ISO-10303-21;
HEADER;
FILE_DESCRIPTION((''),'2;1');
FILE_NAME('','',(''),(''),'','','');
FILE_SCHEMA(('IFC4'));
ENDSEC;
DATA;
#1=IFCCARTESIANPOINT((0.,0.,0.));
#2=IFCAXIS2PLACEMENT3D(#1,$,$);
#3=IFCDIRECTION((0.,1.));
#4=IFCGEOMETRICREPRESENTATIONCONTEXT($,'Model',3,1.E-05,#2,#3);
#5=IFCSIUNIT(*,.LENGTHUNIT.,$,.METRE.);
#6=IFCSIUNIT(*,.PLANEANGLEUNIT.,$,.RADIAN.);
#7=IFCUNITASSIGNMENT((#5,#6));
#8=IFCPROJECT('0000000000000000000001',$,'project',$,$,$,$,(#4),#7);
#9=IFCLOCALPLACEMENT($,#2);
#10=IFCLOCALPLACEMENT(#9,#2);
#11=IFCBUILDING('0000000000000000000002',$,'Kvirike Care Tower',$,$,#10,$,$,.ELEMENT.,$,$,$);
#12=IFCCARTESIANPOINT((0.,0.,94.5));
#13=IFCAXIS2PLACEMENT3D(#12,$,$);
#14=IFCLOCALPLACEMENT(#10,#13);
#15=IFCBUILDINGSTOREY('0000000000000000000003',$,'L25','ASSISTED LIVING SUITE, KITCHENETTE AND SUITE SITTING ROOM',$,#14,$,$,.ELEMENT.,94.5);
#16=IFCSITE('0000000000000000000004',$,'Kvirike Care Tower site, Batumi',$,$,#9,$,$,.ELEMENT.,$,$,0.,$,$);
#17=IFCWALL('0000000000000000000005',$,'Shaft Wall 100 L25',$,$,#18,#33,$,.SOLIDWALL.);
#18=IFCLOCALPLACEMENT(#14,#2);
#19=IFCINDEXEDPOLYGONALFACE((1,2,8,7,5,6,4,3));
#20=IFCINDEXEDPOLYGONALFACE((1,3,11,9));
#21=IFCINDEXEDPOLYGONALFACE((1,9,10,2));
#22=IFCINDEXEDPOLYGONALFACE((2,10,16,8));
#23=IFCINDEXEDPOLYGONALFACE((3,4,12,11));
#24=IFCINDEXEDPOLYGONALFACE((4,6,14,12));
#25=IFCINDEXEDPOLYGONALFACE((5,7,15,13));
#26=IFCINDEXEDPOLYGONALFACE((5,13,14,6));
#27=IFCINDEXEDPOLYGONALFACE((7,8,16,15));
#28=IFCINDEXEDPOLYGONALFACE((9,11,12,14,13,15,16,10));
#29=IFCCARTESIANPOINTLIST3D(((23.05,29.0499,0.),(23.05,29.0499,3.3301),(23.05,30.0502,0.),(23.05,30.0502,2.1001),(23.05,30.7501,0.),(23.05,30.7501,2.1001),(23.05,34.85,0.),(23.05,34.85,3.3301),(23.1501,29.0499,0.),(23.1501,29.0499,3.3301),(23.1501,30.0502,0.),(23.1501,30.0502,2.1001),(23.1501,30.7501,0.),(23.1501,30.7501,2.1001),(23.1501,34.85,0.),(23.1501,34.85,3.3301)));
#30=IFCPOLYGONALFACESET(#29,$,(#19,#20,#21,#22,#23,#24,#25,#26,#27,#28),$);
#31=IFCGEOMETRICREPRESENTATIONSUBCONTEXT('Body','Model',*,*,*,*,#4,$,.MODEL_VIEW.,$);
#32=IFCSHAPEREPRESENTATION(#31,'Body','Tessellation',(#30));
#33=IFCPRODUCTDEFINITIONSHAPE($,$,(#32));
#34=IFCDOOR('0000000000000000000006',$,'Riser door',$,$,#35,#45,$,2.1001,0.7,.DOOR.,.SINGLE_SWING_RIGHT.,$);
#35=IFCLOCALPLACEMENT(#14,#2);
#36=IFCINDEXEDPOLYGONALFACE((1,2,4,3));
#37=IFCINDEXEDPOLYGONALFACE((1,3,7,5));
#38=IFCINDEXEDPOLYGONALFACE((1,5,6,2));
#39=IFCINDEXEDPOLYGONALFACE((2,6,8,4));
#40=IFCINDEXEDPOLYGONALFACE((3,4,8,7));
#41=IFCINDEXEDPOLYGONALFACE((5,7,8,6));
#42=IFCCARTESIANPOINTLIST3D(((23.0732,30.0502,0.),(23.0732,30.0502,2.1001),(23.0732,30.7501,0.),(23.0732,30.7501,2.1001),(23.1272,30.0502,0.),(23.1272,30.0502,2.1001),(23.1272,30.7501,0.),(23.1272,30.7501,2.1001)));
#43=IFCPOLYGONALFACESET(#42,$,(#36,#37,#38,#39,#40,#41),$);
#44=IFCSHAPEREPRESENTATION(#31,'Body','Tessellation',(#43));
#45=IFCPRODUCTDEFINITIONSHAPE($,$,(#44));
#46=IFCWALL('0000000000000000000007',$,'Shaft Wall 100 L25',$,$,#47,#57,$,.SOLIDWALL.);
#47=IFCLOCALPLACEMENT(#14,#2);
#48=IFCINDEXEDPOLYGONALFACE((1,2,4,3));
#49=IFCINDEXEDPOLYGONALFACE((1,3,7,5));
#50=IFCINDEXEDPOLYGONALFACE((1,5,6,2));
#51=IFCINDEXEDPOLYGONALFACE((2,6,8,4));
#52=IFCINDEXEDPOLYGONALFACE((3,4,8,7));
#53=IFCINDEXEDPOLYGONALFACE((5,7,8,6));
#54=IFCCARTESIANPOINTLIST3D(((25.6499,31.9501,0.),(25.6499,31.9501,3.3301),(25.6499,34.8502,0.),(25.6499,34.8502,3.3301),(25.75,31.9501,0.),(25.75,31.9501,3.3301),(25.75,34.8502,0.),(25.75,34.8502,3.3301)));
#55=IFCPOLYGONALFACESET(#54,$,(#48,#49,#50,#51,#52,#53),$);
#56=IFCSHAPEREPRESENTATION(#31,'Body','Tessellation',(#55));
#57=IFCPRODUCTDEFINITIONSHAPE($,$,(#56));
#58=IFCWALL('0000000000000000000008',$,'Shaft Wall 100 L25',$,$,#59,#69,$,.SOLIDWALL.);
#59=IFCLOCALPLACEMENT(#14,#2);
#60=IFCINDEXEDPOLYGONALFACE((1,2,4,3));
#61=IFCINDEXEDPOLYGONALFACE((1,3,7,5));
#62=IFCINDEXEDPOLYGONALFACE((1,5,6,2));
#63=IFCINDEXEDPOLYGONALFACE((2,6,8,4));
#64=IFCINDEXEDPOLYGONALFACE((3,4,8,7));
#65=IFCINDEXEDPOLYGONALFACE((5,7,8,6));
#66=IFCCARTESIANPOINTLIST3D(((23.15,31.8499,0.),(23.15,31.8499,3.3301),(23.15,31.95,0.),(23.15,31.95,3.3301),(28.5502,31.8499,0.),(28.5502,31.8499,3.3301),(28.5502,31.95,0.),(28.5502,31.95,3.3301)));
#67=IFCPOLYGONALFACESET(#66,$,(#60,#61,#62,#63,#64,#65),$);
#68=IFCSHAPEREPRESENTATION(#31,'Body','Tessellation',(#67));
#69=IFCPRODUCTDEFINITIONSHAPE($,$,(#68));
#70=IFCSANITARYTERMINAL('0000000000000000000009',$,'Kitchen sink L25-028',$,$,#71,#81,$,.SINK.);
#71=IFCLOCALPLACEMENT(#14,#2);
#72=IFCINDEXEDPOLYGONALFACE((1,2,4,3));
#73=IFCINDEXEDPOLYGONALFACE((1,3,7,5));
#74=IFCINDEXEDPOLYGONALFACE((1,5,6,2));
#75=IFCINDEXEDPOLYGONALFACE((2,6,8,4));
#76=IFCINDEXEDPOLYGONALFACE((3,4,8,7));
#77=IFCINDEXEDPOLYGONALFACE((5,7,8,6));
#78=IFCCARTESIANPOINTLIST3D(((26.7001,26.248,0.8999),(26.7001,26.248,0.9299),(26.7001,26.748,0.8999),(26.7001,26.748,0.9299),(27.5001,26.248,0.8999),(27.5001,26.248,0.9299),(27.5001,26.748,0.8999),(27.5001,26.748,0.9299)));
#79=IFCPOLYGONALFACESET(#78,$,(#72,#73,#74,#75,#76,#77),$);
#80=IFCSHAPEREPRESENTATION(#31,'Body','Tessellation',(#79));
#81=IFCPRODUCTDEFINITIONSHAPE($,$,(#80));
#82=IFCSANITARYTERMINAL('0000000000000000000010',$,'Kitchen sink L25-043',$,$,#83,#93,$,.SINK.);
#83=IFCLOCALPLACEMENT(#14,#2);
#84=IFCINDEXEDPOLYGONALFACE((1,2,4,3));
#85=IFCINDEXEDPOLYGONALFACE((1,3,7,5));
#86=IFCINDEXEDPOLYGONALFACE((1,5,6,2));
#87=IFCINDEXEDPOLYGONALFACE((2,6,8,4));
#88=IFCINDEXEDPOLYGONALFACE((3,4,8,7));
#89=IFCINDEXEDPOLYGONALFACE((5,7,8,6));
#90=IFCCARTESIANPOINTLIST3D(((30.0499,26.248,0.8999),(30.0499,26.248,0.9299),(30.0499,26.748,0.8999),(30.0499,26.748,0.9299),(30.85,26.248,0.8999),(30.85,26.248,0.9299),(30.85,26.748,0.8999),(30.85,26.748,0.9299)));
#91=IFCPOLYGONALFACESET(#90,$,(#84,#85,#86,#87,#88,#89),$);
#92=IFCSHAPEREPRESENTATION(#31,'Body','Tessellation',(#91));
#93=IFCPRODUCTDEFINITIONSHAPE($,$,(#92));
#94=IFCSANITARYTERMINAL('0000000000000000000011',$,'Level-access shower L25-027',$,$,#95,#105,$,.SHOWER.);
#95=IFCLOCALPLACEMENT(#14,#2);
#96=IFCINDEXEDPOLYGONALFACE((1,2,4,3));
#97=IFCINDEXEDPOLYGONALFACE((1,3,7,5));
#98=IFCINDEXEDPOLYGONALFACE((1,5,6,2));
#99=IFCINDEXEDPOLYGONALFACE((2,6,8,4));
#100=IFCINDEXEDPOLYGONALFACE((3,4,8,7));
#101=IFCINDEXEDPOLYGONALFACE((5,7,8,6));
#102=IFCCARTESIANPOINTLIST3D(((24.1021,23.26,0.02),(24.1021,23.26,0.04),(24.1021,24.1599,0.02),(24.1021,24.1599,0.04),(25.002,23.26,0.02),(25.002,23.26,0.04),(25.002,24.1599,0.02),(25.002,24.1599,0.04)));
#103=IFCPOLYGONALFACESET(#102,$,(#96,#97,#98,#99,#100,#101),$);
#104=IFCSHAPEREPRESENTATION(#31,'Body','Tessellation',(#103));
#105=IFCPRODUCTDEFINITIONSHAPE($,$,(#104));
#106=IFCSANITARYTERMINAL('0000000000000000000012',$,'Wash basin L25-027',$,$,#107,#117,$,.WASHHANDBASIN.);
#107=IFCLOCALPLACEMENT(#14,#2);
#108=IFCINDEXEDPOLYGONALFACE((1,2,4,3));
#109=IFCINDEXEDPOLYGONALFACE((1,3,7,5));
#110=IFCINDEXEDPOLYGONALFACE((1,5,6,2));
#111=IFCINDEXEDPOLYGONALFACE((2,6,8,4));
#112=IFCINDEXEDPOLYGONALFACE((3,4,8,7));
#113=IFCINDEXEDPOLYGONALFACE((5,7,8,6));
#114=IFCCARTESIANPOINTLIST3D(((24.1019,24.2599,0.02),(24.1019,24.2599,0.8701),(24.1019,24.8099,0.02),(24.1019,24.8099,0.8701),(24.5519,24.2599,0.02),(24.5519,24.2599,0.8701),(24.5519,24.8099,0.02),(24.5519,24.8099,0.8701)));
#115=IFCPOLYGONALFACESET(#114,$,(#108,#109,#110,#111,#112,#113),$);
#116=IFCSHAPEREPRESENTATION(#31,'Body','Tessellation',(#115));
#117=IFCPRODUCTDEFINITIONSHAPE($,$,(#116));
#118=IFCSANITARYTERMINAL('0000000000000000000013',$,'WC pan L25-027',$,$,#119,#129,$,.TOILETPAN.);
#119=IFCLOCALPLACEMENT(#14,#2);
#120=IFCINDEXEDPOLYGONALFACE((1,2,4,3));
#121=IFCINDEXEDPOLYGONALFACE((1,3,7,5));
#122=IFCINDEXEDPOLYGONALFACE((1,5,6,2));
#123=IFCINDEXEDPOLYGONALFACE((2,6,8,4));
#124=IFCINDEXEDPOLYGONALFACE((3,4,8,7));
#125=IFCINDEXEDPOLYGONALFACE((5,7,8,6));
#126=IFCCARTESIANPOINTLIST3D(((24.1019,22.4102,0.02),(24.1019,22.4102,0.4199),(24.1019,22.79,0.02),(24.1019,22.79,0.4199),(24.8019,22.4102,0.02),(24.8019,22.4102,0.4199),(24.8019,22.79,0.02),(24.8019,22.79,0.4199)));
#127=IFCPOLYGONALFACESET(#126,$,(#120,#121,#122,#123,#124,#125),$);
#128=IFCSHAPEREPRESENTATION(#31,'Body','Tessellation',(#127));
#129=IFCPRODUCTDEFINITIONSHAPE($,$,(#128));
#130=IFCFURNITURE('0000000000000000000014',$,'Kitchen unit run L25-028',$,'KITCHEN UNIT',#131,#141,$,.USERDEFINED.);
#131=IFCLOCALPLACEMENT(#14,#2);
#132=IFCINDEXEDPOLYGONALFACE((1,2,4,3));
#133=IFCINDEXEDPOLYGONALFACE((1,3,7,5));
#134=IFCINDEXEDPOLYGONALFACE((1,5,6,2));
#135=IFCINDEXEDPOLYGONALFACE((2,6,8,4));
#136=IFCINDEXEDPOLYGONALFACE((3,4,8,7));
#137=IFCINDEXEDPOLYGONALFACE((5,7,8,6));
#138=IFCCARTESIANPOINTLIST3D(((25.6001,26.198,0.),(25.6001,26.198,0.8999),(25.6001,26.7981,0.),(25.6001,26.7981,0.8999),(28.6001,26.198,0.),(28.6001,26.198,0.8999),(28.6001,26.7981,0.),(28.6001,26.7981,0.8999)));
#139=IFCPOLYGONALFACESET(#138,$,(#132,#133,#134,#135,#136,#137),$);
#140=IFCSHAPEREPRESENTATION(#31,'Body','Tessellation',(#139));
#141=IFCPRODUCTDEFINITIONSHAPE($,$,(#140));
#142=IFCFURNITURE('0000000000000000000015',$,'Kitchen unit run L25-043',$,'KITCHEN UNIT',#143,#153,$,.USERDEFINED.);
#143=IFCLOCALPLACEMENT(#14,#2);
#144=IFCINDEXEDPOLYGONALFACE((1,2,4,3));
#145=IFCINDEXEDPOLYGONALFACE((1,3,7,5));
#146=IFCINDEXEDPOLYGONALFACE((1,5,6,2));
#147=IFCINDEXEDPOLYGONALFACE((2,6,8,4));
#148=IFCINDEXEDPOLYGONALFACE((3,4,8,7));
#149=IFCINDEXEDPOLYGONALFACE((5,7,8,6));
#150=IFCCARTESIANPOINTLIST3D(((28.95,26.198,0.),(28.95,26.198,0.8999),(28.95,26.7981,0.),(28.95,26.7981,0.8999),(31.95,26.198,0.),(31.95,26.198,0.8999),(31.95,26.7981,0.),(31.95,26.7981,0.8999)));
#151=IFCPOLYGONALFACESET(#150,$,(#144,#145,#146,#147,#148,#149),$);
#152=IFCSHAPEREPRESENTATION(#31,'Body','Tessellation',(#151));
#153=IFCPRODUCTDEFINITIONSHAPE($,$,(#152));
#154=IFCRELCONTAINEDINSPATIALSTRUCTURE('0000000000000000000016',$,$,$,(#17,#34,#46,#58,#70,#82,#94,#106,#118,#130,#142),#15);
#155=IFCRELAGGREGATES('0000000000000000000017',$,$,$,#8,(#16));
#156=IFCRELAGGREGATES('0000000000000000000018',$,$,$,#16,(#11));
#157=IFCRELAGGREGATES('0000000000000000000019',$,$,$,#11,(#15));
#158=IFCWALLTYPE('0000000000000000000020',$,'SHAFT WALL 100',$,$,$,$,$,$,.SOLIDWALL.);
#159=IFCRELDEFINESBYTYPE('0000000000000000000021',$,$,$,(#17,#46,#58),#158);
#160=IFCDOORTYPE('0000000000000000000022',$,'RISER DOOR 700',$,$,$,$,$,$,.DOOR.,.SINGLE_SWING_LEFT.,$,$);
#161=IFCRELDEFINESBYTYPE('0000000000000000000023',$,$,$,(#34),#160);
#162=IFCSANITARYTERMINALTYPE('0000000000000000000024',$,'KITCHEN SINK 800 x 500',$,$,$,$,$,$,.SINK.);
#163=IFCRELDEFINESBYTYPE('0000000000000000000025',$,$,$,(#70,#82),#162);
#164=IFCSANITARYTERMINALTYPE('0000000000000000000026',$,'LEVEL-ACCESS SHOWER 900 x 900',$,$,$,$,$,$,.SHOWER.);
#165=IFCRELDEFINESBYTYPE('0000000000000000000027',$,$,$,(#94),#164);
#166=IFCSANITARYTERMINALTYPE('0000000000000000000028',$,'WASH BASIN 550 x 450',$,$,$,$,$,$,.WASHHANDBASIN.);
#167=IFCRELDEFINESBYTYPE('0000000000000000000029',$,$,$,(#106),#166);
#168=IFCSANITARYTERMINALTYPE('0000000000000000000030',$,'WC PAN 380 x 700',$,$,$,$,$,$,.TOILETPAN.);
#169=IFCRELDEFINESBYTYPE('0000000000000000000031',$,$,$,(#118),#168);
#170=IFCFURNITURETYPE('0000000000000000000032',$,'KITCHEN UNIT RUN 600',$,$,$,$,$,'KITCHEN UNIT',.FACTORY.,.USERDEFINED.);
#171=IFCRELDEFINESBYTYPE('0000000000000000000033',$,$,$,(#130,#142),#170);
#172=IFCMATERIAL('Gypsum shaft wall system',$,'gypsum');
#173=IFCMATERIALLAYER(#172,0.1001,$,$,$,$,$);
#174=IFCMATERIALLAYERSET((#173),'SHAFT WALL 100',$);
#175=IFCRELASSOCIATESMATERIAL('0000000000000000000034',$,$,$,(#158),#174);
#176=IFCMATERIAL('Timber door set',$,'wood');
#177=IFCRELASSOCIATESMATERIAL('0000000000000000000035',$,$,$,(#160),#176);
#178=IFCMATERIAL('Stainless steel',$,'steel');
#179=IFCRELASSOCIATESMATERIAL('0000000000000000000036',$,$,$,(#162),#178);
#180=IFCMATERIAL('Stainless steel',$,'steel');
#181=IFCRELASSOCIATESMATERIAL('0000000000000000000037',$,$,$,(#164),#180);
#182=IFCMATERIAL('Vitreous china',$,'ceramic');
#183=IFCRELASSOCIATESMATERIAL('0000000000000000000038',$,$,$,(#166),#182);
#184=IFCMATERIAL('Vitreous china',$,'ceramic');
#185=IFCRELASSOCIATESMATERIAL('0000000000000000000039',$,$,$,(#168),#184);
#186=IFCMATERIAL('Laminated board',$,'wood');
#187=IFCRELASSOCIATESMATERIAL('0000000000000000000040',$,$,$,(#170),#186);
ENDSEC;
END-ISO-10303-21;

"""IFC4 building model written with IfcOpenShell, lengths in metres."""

from ifc_helpers import new_model, si_unit, direction, frame, frame_2d, origin, origin_2d, place, context, subcontext, project, spatial, rectangle, extrude, material, layer, layer_set, type_object, element, fill, save


model = new_model("IFC4")

# Units and contexts
model_context = context("Model", 3, precision=1e-05, world=origin(), true_north=direction((0.0, 1.0)))
body_context = subcontext(model_context, "Body", "Model", "MODEL_VIEW")
ifc_project = project(units=[si_unit("LENGTHUNIT", "METRE"), si_unit("PLANEANGLEUNIT", "RADIAN")], contexts=[model_context])

# Site, building, storey
site_placement = place(None, origin())
site = spatial("IfcSite", under=ifc_project, at=site_placement, Name="Kvirike Care Tower site, Batumi", CompositionType="ELEMENT", RefElevation=0.0)
building_placement = place(site_placement, origin())
building = spatial("IfcBuilding", under=site, at=building_placement, Name="Kvirike Care Tower", CompositionType="ELEMENT")
storey_placement = place(building_placement, frame((0.0, 0.0, 94.5)))
storey = spatial("IfcBuildingStorey", under=building, at=storey_placement, Name="L25", Description="ASSISTED LIVING SUITE, KITCHENETTE AND SUITE SITTING ROOM", CompositionType="ELEMENT", Elevation=94.5)

# Wall, opening, door
ifc_material_1 = material(Name="Gypsum shaft wall system", Category="gypsum")
ifc_layer_1 = layer(ifc_material_1, 0.1001)
ifc_layer_set_1 = layer_set([ifc_layer_1], Name="SHAFT WALL 100")
wall_type_1 = type_object("IfcWallType", Name="SHAFT WALL 100", PredefinedType="SOLIDWALL", material=ifc_layer_set_1)
wall_1_placement = place(storey_placement, frame((23.1001, 29.05, 0.0), z_axis=(0.0, 0.0, 1.0), x_axis=(0.0, 1.0, 0.0)))
wall_1 = element("IfcWall", 1, at=wall_1_placement, inside=storey, type_object=wall_type_1, Name="Shaft Wall 100 L25", PredefinedType="SOLIDWALL", context=body_context, shape_type="SweptSolid", body=[
    extrude(rectangle(XDim=5.8, YDim=0.1001, at=frame_2d((2.8999, 0.0))), origin(), (0.0, 0.0, 1.0), 3.3301),
])
opening_1_placement = place(wall_1_placement, frame((1.0, 0.0, 0.0)))
opening_1 = element("IfcOpeningElement", 2, at=opening_1_placement, cuts=wall_1, PredefinedType="OPENING", context=body_context, shape_type="SweptSolid", body=[
    extrude(rectangle(XDim=0.7, YDim=2.1001, at=frame_2d((0.3501, 1.05))), frame((0.0, 0.0605, 0.0), z_axis=(0.0, -1.0, 0.0), x_axis=(1.0, 0.0, 0.0)), (0.0, 0.0, 1.0), 0.1211),
])
ifc_material_2 = material(Name="Timber door set", Category="wood")
door_type_1 = type_object("IfcDoorType", Name="RISER DOOR 700", OperationType="SINGLE_SWING_LEFT", PredefinedType="DOOR", material=ifc_material_2)
door_1_placement = place(opening_1_placement, origin())
door_1 = element("IfcDoor", 3, at=door_1_placement, inside=storey, type_object=door_type_1, Name="Riser door", OperationType="SINGLE_SWING_RIGHT", OverallHeight=2.1001, OverallWidth=0.7, PredefinedType="DOOR", context=body_context, shape_type="SweptSolid", body=[
    extrude(rectangle(XDim=0.7, YDim=2.1001, at=frame_2d((0.3501, 1.05))), frame((0.0, 0.0269, 0.0), z_axis=(0.0, -1.0, 0.0), x_axis=(1.0, 0.0, 0.0)), (0.0, 0.0, 1.0), 0.054),
])
fill(opening_1, door_1)

# Walls
wall_2_placement = place(storey_placement, frame((25.7, 31.95, 0.0), z_axis=(0.0, 0.0, 1.0), x_axis=(0.0, 1.0, 0.0)))
element("IfcWall", 4, at=wall_2_placement, inside=storey, type_object=wall_type_1, Name="Shaft Wall 100 L25", PredefinedType="SOLIDWALL", context=body_context, shape_type="SweptSolid", body=[
    extrude(rectangle(XDim=2.9001, YDim=0.1001, at=frame_2d((1.4502, 0.0))), origin(), (0.0, 0.0, 1.0), 3.3301),
])
wall_3_placement = place(storey_placement, frame((23.1499, 31.8999, 0.0), z_axis=(0.0, 0.0, 1.0), x_axis=(1.0, 0.0, 0.0)))
element("IfcWall", 5, at=wall_3_placement, inside=storey, type_object=wall_type_1, Name="Shaft Wall 100 L25", PredefinedType="SOLIDWALL", context=body_context, shape_type="SweptSolid", body=[
    extrude(rectangle(XDim=5.4001, YDim=0.1001, at=frame_2d((2.7002, 0.0))), origin(), (0.0, 0.0, 1.0), 3.3301),
])

# Sanitary terminals
ifc_material_3 = material(Name="Stainless steel", Category="steel")
sanitary_terminal_type_1 = type_object("IfcSanitaryTerminalType", Name="KITCHEN SINK 800 x 500", PredefinedType="SINK", material=ifc_material_3)
for number, where, z_axis, x_axis, name in (
    (6, (27.1001, 26.498, 0.8999), (0.0, 0.0, 1.0), (1.0, 0.0, 0.0), "Kitchen sink L25-028"),
    (7, (30.45, 26.498, 0.8999), (0.0, 0.0, 1.0), (1.0, 0.0, 0.0), "Kitchen sink L25-043"),
):
    element("IfcSanitaryTerminal", number, at=place(storey_placement, frame(where, z_axis=z_axis, x_axis=x_axis)), inside=storey, type_object=sanitary_terminal_type_1, Name=name, PredefinedType="SINK", context=body_context, shape_type="SweptSolid", body=[
        extrude(rectangle(XDim=0.8, YDim=0.5, at=origin_2d()), origin(), (0.0, 0.0, 1.0), 0.03),
    ])
ifc_material_4 = material(Name="Stainless steel", Category="steel")
sanitary_terminal_type_2 = type_object("IfcSanitaryTerminalType", Name="LEVEL-ACCESS SHOWER 900 x 900", PredefinedType="SHOWER", material=ifc_material_4)
sanitary_terminal_1_placement = place(storey_placement, frame((24.552, 23.71, 0.02), z_axis=(0.0, 0.0, 1.0), x_axis=(0.0, 1.0, 0.0)))
element("IfcSanitaryTerminal", 8, at=sanitary_terminal_1_placement, inside=storey, type_object=sanitary_terminal_type_2, Name="Level-access shower L25-027", PredefinedType="SHOWER", context=body_context, shape_type="SweptSolid", body=[
    extrude(rectangle(XDim=0.8999, YDim=0.8999, at=origin_2d()), origin(), (0.0, 0.0, 1.0), 0.02),
])
ifc_material_5 = material(Name="Vitreous china", Category="ceramic")
sanitary_terminal_type_3 = type_object("IfcSanitaryTerminalType", Name="WASH BASIN 550 x 450", PredefinedType="WASHHANDBASIN", material=ifc_material_5)
sanitary_terminal_2_placement = place(storey_placement, frame((24.3269, 24.5349, 0.02), z_axis=(0.0, 0.0, 1.0), x_axis=(0.0, 1.0, 0.0)))
element("IfcSanitaryTerminal", 9, at=sanitary_terminal_2_placement, inside=storey, type_object=sanitary_terminal_type_3, Name="Wash basin L25-027", PredefinedType="WASHHANDBASIN", context=body_context, shape_type="SweptSolid", body=[
    extrude(rectangle(XDim=0.55, YDim=0.45, at=origin_2d()), origin(), (0.0, 0.0, 1.0), 0.8501),
])
ifc_material_6 = material(Name="Vitreous china", Category="ceramic")
sanitary_terminal_type_4 = type_object("IfcSanitaryTerminalType", Name="WC PAN 380 x 700", PredefinedType="TOILETPAN", material=ifc_material_6)
sanitary_terminal_3_placement = place(storey_placement, frame((24.4519, 22.6001, 0.02), z_axis=(0.0, 0.0, 1.0), x_axis=(0.0, 1.0, 0.0)))
element("IfcSanitaryTerminal", 10, at=sanitary_terminal_3_placement, inside=storey, type_object=sanitary_terminal_type_4, Name="WC pan L25-027", PredefinedType="TOILETPAN", context=body_context, shape_type="SweptSolid", body=[
    extrude(rectangle(XDim=0.3799, YDim=0.7, at=origin_2d()), origin(), (0.0, 0.0, 1.0), 0.3999),
])

# Furniture
ifc_material_7 = material(Name="Laminated board", Category="wood")
furniture_type = type_object("IfcFurnitureType", Name="KITCHEN UNIT RUN 600", ElementType="KITCHEN UNIT", AssemblyPlace="FACTORY", PredefinedType="USERDEFINED", material=ifc_material_7)
for number, where, z_axis, x_axis, name in (
    (11, (27.1001, 26.498, 0.0), (0.0, 0.0, 1.0), (1.0, 0.0, 0.0), "Kitchen unit run L25-028"),
    (12, (30.45, 26.498, 0.0), (0.0, 0.0, 1.0), (1.0, 0.0, 0.0), "Kitchen unit run L25-043"),
):
    element("IfcFurniture", number, at=place(storey_placement, frame(where, z_axis=z_axis, x_axis=x_axis)), inside=storey, type_object=furniture_type, Name=name, ObjectType="KITCHEN UNIT", PredefinedType="USERDEFINED", context=body_context, shape_type="SweptSolid", body=[
        extrude(rectangle(XDim=3.0, YDim=0.6001, at=origin_2d()), origin(), (0.0, 0.0, 1.0), 0.8999),
    ])

save(model, "model.ifc")
